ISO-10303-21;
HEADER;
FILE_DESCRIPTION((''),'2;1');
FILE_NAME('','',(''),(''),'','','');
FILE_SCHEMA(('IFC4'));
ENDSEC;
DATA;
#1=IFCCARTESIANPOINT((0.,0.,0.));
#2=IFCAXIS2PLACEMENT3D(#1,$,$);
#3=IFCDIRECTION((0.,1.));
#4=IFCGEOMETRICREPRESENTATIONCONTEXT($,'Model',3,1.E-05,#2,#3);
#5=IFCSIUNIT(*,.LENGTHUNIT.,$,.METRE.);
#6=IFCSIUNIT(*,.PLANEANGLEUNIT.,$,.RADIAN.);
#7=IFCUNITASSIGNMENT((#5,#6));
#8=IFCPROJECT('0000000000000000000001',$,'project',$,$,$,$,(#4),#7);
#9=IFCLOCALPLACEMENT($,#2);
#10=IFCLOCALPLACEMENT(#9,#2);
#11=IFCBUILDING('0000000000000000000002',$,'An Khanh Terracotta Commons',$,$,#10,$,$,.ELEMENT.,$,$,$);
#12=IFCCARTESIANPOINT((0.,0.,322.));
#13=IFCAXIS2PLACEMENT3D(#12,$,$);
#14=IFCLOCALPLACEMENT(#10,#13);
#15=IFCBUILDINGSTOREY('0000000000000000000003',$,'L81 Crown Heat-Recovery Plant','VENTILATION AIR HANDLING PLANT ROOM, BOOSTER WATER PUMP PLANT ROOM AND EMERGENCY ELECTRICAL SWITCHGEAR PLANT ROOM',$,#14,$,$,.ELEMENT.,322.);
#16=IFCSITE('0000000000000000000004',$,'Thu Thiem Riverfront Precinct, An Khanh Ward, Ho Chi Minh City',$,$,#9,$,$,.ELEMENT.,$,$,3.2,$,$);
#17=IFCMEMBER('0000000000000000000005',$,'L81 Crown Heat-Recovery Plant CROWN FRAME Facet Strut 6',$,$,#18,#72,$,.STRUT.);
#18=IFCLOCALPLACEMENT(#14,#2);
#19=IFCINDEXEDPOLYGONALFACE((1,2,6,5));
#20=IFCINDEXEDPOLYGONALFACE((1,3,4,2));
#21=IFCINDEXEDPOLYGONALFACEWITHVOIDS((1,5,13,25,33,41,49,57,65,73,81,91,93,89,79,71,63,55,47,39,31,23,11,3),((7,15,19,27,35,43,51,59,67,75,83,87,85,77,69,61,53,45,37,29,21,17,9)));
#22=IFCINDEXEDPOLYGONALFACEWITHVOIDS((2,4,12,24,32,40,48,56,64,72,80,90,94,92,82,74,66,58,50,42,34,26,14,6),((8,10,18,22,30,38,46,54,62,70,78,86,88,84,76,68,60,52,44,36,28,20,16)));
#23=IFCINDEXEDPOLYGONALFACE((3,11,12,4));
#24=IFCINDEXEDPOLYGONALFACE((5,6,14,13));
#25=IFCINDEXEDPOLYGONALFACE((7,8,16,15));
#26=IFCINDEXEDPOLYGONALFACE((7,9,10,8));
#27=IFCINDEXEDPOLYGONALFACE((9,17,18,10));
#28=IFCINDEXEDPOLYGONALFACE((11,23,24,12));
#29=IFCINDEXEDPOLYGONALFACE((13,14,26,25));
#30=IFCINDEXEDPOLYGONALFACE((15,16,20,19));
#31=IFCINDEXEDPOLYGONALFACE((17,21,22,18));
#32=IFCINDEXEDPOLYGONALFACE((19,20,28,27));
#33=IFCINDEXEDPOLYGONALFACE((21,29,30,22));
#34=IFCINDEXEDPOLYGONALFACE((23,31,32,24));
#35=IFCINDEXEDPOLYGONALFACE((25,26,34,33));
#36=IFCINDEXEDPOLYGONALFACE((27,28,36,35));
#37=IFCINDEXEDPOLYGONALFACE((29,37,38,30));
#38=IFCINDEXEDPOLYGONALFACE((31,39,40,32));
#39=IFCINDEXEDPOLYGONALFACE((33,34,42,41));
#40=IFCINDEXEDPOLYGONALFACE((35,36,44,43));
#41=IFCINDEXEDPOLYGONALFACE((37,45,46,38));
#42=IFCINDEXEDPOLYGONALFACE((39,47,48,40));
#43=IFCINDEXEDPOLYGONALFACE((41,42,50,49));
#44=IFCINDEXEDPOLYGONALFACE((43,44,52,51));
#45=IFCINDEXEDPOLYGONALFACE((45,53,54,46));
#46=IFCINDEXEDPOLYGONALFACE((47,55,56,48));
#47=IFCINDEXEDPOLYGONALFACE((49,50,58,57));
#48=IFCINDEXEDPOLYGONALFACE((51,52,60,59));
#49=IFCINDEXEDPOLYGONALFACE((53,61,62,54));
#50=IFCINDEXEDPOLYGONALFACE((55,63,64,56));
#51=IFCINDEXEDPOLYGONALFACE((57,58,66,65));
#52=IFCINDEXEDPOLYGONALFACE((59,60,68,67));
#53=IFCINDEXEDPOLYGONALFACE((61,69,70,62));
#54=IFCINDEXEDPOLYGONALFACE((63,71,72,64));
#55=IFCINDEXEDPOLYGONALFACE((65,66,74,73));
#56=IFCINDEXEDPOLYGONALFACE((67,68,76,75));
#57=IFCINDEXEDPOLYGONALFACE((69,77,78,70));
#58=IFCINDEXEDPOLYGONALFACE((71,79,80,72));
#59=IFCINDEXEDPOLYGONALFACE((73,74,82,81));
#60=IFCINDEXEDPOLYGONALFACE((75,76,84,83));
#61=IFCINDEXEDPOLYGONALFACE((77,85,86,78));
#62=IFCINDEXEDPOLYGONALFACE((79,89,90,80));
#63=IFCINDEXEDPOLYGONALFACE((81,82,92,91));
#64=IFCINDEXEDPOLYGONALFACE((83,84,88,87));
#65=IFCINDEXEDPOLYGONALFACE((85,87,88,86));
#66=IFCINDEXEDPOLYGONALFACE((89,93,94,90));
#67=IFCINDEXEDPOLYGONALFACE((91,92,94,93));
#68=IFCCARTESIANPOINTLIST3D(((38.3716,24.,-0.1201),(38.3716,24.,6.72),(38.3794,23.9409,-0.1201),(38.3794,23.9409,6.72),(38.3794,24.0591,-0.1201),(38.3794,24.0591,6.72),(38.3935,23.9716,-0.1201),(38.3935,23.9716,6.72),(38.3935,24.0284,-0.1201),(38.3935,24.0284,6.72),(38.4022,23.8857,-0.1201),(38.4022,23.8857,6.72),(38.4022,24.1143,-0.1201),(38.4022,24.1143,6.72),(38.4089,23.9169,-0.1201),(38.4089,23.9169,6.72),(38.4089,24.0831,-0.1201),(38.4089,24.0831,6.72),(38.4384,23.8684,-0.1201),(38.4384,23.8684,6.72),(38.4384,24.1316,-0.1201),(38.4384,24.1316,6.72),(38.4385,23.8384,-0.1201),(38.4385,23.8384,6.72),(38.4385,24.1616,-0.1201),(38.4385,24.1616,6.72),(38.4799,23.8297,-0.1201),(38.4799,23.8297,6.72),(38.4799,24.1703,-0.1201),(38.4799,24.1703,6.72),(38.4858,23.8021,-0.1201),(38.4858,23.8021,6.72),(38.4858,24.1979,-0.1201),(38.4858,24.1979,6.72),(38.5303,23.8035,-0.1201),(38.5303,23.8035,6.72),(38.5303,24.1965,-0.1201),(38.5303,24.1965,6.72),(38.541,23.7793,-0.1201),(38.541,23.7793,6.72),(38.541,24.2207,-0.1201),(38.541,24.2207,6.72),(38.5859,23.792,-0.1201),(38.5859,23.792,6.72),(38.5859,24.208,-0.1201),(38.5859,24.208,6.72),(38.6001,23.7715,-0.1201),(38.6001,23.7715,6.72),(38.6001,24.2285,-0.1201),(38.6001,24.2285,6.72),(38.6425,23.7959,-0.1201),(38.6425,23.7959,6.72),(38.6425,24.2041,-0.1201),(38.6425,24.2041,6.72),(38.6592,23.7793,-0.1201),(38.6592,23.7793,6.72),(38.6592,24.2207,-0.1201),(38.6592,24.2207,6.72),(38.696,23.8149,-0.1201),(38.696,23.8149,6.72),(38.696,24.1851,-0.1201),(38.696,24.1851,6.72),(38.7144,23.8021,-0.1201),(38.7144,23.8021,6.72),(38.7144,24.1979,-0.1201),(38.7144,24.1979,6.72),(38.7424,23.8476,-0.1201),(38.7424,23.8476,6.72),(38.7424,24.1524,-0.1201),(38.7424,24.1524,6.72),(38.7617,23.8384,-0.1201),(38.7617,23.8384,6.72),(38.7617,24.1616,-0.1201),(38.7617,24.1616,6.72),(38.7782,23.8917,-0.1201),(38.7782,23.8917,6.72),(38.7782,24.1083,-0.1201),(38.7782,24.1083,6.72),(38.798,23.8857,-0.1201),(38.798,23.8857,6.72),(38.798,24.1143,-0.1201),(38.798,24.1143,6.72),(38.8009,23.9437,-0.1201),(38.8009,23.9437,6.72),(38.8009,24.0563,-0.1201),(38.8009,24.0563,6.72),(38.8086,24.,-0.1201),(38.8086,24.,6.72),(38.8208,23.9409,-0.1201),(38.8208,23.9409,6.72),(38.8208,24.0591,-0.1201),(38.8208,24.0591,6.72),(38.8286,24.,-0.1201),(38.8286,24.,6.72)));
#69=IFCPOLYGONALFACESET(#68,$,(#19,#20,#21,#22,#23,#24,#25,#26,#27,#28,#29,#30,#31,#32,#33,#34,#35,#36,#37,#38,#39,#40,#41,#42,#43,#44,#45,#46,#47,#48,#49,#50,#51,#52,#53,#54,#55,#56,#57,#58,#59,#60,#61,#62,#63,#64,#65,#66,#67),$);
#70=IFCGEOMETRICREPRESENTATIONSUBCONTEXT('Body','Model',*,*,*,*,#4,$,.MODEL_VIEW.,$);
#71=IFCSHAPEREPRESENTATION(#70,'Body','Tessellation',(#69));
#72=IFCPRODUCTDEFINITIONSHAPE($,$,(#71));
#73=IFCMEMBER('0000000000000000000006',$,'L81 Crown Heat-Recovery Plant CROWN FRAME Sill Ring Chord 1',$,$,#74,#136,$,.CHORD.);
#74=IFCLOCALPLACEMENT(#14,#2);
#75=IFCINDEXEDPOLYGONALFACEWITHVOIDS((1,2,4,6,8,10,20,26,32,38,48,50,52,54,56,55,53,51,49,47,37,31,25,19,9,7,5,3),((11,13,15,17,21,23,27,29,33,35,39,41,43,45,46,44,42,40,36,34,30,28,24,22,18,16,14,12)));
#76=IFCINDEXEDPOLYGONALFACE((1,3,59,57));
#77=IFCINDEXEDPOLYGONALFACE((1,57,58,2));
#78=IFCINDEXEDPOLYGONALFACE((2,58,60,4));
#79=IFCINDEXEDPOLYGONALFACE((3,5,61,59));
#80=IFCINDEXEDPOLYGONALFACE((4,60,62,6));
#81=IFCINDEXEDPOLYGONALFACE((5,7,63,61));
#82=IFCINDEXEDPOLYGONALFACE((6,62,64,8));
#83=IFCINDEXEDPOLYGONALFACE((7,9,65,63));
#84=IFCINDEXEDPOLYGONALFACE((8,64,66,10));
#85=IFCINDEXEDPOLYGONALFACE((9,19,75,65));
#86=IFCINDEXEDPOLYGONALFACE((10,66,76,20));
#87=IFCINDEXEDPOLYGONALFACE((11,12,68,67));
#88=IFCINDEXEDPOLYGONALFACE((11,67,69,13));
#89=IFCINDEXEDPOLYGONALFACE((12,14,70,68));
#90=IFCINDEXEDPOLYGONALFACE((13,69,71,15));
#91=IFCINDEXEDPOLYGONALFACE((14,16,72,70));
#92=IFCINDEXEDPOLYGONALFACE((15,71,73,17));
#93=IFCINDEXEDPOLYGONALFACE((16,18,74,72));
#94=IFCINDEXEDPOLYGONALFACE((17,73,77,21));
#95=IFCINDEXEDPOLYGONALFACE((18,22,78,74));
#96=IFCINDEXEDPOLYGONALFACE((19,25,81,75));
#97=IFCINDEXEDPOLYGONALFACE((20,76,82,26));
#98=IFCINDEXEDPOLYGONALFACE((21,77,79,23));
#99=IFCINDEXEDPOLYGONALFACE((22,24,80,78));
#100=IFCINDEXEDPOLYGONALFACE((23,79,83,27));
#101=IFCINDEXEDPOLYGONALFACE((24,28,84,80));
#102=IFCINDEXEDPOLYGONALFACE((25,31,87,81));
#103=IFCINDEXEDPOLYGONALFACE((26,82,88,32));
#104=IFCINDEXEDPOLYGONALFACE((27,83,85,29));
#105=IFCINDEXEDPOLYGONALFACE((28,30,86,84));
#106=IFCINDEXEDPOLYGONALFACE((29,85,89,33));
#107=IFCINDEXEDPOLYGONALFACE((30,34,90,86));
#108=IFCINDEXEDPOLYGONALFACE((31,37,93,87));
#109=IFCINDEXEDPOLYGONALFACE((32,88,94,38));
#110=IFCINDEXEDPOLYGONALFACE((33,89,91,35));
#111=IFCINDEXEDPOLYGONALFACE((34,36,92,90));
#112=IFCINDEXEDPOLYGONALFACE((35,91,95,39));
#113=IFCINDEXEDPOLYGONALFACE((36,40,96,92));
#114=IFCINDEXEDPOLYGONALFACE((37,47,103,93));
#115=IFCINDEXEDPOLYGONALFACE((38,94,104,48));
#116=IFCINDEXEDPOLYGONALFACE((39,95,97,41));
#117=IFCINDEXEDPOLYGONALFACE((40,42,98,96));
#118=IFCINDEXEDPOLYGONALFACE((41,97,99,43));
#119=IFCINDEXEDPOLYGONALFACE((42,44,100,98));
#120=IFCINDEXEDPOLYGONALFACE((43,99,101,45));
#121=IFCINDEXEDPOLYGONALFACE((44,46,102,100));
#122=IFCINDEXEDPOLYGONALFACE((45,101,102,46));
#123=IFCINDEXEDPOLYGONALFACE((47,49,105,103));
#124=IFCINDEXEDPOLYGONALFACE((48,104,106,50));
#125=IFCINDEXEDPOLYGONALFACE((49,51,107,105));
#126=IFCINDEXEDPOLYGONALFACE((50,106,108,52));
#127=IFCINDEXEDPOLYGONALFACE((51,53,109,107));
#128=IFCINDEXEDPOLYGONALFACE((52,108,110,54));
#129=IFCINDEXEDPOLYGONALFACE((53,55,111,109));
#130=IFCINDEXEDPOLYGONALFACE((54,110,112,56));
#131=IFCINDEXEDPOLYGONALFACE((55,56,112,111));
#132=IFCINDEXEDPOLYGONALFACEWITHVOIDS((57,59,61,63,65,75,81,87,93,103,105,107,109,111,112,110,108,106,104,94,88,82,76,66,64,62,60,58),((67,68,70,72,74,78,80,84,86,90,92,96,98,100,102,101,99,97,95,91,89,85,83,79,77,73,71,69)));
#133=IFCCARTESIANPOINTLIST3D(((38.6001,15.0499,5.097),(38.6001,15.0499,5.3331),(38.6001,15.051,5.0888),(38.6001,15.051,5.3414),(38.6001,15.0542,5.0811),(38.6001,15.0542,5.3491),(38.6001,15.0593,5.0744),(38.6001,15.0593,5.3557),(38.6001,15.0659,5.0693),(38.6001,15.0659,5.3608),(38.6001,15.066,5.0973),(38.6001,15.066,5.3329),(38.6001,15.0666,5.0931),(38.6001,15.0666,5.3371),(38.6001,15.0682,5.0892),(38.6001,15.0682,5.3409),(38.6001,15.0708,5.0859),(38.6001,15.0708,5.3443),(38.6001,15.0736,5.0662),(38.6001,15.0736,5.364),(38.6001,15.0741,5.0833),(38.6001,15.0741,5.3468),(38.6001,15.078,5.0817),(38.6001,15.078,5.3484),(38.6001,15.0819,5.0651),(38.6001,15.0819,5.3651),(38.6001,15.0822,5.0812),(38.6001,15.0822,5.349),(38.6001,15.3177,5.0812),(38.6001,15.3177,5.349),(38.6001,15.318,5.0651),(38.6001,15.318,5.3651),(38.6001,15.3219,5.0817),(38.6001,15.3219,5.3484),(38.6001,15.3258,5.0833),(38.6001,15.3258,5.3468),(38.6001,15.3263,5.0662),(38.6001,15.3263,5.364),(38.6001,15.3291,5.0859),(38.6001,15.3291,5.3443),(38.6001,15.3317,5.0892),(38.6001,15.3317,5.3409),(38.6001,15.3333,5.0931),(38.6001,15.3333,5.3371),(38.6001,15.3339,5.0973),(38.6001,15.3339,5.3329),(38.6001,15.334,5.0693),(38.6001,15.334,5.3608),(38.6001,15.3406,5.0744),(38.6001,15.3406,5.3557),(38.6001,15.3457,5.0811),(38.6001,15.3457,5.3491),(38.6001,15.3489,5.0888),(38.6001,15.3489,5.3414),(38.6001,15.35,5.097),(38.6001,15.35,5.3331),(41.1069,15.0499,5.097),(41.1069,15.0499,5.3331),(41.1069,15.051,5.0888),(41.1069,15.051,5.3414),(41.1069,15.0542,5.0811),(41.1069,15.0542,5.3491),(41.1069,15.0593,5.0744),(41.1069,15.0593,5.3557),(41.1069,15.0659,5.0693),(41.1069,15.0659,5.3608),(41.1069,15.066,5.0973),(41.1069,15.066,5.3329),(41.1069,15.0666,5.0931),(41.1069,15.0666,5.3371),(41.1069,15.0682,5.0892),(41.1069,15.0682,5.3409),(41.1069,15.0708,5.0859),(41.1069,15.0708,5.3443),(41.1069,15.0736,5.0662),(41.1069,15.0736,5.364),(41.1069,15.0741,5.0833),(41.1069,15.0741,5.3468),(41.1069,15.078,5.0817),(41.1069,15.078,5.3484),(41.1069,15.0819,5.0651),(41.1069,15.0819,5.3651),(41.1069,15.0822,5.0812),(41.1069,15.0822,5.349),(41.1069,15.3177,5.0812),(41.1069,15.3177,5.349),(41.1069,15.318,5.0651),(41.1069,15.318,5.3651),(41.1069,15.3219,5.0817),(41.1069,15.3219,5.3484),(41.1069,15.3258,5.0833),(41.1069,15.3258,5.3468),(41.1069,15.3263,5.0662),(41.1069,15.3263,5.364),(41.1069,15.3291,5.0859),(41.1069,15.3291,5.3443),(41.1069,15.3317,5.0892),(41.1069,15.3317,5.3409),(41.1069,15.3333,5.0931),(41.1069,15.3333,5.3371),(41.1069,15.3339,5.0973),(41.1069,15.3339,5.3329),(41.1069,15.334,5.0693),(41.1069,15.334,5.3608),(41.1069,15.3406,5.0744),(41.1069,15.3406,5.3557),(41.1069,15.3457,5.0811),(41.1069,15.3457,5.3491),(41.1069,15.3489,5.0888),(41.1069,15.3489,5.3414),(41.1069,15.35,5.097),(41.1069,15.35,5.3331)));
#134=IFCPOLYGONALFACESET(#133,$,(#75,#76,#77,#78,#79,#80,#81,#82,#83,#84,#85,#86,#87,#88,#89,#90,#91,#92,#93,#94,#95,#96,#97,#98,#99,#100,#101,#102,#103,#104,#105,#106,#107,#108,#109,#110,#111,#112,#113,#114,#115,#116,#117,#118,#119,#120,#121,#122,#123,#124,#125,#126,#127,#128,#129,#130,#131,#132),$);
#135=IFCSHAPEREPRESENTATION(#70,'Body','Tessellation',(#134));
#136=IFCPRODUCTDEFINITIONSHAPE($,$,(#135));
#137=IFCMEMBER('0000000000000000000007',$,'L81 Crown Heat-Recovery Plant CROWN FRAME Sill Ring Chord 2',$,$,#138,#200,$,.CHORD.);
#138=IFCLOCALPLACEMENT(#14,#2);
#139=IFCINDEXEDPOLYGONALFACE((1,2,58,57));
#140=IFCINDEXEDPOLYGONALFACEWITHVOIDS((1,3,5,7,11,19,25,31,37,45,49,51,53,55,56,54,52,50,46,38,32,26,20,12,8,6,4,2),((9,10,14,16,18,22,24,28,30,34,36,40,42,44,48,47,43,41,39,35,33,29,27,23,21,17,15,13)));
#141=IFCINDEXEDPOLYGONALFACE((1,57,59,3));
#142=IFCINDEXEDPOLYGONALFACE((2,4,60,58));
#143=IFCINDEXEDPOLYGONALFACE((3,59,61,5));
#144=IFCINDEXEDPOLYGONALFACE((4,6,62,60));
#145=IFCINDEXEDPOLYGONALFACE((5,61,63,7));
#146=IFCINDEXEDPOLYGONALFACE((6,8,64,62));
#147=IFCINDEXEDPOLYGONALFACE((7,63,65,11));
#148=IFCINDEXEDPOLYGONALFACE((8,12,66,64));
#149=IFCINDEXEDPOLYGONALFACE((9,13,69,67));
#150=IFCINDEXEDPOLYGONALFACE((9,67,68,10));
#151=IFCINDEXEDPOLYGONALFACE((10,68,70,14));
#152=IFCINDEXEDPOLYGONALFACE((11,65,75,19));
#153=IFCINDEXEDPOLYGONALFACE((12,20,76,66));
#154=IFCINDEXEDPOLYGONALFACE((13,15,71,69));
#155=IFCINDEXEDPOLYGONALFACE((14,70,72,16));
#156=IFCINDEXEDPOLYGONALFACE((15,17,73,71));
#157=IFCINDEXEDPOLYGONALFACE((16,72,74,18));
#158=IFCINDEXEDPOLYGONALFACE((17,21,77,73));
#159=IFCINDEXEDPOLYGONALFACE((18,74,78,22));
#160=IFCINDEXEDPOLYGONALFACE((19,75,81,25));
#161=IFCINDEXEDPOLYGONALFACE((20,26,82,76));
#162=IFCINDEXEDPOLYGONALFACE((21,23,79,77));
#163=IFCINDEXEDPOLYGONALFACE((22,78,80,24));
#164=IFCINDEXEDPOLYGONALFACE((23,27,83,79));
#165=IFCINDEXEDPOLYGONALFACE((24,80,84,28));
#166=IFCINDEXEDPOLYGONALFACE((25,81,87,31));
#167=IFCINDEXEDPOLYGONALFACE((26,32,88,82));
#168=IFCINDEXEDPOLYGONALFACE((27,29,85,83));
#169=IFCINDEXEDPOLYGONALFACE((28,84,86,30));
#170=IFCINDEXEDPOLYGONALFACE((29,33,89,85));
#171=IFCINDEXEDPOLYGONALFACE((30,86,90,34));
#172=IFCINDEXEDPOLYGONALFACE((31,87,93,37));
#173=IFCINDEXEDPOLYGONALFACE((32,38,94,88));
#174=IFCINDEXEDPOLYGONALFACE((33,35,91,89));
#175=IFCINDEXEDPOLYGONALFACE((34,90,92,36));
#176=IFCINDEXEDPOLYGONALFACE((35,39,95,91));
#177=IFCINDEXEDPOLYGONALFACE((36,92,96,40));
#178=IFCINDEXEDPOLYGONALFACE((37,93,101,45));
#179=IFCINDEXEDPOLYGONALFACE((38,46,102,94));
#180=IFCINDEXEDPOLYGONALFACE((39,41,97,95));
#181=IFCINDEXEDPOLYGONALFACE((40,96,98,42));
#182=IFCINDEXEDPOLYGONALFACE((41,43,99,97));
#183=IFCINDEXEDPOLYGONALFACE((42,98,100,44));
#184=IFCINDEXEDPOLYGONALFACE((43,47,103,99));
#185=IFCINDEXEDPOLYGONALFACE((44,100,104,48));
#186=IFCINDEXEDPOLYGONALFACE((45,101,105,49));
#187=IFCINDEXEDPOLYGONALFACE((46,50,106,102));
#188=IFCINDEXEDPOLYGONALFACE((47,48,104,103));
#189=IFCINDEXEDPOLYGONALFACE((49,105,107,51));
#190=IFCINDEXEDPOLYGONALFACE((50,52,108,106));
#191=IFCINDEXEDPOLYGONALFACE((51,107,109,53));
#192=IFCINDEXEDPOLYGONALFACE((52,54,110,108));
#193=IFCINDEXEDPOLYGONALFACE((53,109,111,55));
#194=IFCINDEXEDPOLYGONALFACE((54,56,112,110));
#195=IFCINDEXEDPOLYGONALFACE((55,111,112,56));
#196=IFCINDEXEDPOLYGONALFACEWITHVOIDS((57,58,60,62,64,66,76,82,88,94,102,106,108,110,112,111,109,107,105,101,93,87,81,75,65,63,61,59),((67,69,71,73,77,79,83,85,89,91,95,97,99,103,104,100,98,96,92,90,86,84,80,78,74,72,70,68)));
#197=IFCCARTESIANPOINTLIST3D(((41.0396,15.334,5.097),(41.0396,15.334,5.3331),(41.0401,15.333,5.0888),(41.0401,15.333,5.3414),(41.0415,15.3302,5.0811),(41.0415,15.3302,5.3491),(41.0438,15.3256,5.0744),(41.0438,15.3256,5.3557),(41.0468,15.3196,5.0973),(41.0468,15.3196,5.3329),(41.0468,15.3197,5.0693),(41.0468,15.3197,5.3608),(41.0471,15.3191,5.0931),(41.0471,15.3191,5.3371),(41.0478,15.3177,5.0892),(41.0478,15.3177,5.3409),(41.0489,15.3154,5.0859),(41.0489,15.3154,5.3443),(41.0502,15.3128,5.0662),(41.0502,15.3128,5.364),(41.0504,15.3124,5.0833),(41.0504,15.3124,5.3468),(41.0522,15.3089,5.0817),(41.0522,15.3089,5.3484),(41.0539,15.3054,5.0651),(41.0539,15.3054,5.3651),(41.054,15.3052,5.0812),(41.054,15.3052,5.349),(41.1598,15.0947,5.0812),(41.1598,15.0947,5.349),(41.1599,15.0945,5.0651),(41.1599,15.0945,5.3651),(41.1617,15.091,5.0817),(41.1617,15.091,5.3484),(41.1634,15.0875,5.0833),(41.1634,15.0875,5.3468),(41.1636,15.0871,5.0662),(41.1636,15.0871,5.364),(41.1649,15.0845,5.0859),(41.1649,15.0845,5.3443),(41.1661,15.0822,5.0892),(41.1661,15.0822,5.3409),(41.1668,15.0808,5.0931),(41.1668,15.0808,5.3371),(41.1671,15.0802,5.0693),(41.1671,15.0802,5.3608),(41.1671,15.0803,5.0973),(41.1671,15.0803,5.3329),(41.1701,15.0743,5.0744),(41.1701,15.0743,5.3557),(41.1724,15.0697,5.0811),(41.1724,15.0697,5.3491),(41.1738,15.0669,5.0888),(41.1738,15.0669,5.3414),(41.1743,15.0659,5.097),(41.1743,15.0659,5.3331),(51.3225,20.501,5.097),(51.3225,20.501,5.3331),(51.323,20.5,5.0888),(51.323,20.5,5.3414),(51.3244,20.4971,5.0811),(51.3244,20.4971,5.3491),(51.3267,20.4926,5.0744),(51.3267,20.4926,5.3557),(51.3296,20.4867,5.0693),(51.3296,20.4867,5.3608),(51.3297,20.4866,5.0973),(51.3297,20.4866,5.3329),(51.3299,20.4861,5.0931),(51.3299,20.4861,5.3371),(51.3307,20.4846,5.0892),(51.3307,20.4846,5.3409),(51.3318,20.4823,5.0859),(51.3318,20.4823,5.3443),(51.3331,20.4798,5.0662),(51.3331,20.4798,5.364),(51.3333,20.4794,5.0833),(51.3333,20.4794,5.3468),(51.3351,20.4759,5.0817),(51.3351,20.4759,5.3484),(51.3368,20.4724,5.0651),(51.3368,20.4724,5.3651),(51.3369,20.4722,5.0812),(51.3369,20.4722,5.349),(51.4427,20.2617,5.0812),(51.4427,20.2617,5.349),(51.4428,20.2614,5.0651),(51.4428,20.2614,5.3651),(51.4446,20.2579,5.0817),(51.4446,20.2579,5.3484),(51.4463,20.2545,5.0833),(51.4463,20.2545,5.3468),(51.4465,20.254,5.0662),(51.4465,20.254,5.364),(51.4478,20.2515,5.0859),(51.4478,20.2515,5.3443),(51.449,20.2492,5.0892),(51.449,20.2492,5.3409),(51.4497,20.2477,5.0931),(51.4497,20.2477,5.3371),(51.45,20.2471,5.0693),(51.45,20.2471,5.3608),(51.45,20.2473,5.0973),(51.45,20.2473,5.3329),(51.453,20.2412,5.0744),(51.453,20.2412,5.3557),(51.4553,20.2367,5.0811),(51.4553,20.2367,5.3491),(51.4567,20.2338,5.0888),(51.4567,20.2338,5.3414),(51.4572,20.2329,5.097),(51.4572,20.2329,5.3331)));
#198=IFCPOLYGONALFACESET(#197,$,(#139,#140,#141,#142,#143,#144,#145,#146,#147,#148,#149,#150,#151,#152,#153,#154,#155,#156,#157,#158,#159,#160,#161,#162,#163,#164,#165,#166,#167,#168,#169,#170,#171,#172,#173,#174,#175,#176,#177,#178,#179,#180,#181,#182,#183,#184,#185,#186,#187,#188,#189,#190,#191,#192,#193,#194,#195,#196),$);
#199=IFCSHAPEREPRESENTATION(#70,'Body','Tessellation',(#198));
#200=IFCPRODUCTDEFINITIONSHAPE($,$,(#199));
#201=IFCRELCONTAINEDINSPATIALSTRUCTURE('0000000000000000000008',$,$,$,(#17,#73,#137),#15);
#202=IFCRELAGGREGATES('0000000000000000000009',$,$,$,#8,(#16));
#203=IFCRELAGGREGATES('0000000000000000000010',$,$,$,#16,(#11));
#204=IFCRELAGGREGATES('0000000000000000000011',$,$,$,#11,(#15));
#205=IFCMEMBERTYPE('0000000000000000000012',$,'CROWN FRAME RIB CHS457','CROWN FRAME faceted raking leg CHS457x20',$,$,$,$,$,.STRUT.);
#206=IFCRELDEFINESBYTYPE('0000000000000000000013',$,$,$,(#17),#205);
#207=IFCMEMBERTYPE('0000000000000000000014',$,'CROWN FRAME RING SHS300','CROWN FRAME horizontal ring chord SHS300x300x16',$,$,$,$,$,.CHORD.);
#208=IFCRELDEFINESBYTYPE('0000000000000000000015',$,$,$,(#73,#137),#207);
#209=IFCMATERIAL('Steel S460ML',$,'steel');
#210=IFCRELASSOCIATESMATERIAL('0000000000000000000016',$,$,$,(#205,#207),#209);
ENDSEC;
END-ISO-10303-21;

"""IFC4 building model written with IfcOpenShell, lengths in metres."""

from ifc_helpers import new_model, si_unit, direction, frame, origin, origin_2d, place, context, subcontext, project, spatial, hollow_rectangle, hollow_circle, extrude, material, material_profile, profile_set, type_object, element, save


model = new_model("IFC4")

# Units and contexts
model_context = context("Model", 3, precision=1e-05, world=origin(), true_north=direction((0.0, 1.0)))
body_context = subcontext(model_context, "Body", "Model", "MODEL_VIEW")
ifc_project = project(units=[si_unit("LENGTHUNIT", "METRE"), si_unit("PLANEANGLEUNIT", "RADIAN")], contexts=[model_context])

# Site, building, storey
site_placement = place(None, origin())
site = spatial("IfcSite", under=ifc_project, at=site_placement, Name="Thu Thiem Riverfront Precinct, An Khanh Ward, Ho Chi Minh City", CompositionType="ELEMENT", RefElevation=3.2)
building_placement = place(site_placement, origin())
building = spatial("IfcBuilding", under=site, at=building_placement, Name="An Khanh Terracotta Commons", CompositionType="ELEMENT")
storey_placement = place(building_placement, frame((0.0, 0.0, 322.0)))
storey = spatial("IfcBuildingStorey", under=building, at=storey_placement, Name="L81 Crown Heat-Recovery Plant", Description="VENTILATION AIR HANDLING PLANT ROOM, BOOSTER WATER PUMP PLANT ROOM AND EMERGENCY ELECTRICAL SWITCHGEAR PLANT ROOM", CompositionType="ELEMENT", Elevation=322.0)

# Members
ifc_material_1 = material(Name="Steel S460ML", Category="steel")
ifc_material_profile_1 = material_profile(ifc_material_1, hollow_circle(Radius=0.2285, WallThickness=0.02, at=origin_2d()), Name="CHS457x20")
ifc_profile_set_1 = profile_set([ifc_material_profile_1], Name="Steel S460ML")
member_type_1 = type_object("IfcMemberType", Name="CROWN FRAME RIB CHS457", Description="CROWN FRAME faceted raking leg CHS457x20", PredefinedType="STRUT", material=ifc_profile_set_1)
member_1_placement = place(storey_placement, frame((38.6001, 24.0, -0.1201), z_axis=(0.0, 0.0, 1.0), x_axis=(1.0, 0.0, 0.0)))
element("IfcMember", 1, at=member_1_placement, inside=storey, type_object=member_type_1, Name="L81 Crown Heat-Recovery Plant CROWN FRAME Facet Strut 6", PredefinedType="STRUT", context=body_context, shape_type="SweptSolid", body=[
    extrude(hollow_circle(Radius=0.2285, WallThickness=0.02, at=origin_2d()), origin(), (0.0, 0.0, 1.0), 6.8401),
])
ifc_material_profile_2 = material_profile(ifc_material_1, hollow_rectangle(XDim=0.3, YDim=0.3, WallThickness=0.0161, InnerFilletRadius=0.0161, OuterFilletRadius=0.032, at=origin_2d()), Name="SHS300x300x16")
ifc_profile_set_2 = profile_set([ifc_material_profile_2], Name="Steel S460ML")
member_type_2 = type_object("IfcMemberType", Name="CROWN FRAME RING SHS300", Description="CROWN FRAME horizontal ring chord SHS300x300x16", PredefinedType="CHORD", material=ifc_profile_set_2)
member_2_placement = place(storey_placement, frame((38.6001, 15.2, 5.2151), z_axis=(1.0, 0.0, 0.0), x_axis=(0.0, 1.0, 0.0)))
element("IfcMember", 2, at=member_2_placement, inside=storey, type_object=member_type_2, Name="L81 Crown Heat-Recovery Plant CROWN FRAME Sill Ring Chord 1", PredefinedType="CHORD", context=body_context, shape_type="SweptSolid", body=[
    extrude(hollow_rectangle(XDim=0.3, YDim=0.3, WallThickness=0.0161, InnerFilletRadius=0.0161, OuterFilletRadius=0.032, at=origin_2d()), origin(), (0.0, 0.0, 1.0), 2.5068),
])
member_3_placement = place(storey_placement, frame((41.1069, 15.2, 5.2151), z_axis=(0.893539, 0.448986, 0.0), x_axis=(-0.448986, 0.893539, 0.0)))
element("IfcMember", 3, at=member_3_placement, inside=storey, type_object=member_type_2, Name="L81 Crown Heat-Recovery Plant CROWN FRAME Sill Ring Chord 2", PredefinedType="CHORD", context=body_context, shape_type="SweptSolid", body=[
    extrude(hollow_rectangle(XDim=0.3, YDim=0.3, WallThickness=0.0161, InnerFilletRadius=0.0161, OuterFilletRadius=0.032, at=origin_2d()), origin(), (0.0, 0.0, 1.0), 11.5081),
])

save(model, "model.ifc")
